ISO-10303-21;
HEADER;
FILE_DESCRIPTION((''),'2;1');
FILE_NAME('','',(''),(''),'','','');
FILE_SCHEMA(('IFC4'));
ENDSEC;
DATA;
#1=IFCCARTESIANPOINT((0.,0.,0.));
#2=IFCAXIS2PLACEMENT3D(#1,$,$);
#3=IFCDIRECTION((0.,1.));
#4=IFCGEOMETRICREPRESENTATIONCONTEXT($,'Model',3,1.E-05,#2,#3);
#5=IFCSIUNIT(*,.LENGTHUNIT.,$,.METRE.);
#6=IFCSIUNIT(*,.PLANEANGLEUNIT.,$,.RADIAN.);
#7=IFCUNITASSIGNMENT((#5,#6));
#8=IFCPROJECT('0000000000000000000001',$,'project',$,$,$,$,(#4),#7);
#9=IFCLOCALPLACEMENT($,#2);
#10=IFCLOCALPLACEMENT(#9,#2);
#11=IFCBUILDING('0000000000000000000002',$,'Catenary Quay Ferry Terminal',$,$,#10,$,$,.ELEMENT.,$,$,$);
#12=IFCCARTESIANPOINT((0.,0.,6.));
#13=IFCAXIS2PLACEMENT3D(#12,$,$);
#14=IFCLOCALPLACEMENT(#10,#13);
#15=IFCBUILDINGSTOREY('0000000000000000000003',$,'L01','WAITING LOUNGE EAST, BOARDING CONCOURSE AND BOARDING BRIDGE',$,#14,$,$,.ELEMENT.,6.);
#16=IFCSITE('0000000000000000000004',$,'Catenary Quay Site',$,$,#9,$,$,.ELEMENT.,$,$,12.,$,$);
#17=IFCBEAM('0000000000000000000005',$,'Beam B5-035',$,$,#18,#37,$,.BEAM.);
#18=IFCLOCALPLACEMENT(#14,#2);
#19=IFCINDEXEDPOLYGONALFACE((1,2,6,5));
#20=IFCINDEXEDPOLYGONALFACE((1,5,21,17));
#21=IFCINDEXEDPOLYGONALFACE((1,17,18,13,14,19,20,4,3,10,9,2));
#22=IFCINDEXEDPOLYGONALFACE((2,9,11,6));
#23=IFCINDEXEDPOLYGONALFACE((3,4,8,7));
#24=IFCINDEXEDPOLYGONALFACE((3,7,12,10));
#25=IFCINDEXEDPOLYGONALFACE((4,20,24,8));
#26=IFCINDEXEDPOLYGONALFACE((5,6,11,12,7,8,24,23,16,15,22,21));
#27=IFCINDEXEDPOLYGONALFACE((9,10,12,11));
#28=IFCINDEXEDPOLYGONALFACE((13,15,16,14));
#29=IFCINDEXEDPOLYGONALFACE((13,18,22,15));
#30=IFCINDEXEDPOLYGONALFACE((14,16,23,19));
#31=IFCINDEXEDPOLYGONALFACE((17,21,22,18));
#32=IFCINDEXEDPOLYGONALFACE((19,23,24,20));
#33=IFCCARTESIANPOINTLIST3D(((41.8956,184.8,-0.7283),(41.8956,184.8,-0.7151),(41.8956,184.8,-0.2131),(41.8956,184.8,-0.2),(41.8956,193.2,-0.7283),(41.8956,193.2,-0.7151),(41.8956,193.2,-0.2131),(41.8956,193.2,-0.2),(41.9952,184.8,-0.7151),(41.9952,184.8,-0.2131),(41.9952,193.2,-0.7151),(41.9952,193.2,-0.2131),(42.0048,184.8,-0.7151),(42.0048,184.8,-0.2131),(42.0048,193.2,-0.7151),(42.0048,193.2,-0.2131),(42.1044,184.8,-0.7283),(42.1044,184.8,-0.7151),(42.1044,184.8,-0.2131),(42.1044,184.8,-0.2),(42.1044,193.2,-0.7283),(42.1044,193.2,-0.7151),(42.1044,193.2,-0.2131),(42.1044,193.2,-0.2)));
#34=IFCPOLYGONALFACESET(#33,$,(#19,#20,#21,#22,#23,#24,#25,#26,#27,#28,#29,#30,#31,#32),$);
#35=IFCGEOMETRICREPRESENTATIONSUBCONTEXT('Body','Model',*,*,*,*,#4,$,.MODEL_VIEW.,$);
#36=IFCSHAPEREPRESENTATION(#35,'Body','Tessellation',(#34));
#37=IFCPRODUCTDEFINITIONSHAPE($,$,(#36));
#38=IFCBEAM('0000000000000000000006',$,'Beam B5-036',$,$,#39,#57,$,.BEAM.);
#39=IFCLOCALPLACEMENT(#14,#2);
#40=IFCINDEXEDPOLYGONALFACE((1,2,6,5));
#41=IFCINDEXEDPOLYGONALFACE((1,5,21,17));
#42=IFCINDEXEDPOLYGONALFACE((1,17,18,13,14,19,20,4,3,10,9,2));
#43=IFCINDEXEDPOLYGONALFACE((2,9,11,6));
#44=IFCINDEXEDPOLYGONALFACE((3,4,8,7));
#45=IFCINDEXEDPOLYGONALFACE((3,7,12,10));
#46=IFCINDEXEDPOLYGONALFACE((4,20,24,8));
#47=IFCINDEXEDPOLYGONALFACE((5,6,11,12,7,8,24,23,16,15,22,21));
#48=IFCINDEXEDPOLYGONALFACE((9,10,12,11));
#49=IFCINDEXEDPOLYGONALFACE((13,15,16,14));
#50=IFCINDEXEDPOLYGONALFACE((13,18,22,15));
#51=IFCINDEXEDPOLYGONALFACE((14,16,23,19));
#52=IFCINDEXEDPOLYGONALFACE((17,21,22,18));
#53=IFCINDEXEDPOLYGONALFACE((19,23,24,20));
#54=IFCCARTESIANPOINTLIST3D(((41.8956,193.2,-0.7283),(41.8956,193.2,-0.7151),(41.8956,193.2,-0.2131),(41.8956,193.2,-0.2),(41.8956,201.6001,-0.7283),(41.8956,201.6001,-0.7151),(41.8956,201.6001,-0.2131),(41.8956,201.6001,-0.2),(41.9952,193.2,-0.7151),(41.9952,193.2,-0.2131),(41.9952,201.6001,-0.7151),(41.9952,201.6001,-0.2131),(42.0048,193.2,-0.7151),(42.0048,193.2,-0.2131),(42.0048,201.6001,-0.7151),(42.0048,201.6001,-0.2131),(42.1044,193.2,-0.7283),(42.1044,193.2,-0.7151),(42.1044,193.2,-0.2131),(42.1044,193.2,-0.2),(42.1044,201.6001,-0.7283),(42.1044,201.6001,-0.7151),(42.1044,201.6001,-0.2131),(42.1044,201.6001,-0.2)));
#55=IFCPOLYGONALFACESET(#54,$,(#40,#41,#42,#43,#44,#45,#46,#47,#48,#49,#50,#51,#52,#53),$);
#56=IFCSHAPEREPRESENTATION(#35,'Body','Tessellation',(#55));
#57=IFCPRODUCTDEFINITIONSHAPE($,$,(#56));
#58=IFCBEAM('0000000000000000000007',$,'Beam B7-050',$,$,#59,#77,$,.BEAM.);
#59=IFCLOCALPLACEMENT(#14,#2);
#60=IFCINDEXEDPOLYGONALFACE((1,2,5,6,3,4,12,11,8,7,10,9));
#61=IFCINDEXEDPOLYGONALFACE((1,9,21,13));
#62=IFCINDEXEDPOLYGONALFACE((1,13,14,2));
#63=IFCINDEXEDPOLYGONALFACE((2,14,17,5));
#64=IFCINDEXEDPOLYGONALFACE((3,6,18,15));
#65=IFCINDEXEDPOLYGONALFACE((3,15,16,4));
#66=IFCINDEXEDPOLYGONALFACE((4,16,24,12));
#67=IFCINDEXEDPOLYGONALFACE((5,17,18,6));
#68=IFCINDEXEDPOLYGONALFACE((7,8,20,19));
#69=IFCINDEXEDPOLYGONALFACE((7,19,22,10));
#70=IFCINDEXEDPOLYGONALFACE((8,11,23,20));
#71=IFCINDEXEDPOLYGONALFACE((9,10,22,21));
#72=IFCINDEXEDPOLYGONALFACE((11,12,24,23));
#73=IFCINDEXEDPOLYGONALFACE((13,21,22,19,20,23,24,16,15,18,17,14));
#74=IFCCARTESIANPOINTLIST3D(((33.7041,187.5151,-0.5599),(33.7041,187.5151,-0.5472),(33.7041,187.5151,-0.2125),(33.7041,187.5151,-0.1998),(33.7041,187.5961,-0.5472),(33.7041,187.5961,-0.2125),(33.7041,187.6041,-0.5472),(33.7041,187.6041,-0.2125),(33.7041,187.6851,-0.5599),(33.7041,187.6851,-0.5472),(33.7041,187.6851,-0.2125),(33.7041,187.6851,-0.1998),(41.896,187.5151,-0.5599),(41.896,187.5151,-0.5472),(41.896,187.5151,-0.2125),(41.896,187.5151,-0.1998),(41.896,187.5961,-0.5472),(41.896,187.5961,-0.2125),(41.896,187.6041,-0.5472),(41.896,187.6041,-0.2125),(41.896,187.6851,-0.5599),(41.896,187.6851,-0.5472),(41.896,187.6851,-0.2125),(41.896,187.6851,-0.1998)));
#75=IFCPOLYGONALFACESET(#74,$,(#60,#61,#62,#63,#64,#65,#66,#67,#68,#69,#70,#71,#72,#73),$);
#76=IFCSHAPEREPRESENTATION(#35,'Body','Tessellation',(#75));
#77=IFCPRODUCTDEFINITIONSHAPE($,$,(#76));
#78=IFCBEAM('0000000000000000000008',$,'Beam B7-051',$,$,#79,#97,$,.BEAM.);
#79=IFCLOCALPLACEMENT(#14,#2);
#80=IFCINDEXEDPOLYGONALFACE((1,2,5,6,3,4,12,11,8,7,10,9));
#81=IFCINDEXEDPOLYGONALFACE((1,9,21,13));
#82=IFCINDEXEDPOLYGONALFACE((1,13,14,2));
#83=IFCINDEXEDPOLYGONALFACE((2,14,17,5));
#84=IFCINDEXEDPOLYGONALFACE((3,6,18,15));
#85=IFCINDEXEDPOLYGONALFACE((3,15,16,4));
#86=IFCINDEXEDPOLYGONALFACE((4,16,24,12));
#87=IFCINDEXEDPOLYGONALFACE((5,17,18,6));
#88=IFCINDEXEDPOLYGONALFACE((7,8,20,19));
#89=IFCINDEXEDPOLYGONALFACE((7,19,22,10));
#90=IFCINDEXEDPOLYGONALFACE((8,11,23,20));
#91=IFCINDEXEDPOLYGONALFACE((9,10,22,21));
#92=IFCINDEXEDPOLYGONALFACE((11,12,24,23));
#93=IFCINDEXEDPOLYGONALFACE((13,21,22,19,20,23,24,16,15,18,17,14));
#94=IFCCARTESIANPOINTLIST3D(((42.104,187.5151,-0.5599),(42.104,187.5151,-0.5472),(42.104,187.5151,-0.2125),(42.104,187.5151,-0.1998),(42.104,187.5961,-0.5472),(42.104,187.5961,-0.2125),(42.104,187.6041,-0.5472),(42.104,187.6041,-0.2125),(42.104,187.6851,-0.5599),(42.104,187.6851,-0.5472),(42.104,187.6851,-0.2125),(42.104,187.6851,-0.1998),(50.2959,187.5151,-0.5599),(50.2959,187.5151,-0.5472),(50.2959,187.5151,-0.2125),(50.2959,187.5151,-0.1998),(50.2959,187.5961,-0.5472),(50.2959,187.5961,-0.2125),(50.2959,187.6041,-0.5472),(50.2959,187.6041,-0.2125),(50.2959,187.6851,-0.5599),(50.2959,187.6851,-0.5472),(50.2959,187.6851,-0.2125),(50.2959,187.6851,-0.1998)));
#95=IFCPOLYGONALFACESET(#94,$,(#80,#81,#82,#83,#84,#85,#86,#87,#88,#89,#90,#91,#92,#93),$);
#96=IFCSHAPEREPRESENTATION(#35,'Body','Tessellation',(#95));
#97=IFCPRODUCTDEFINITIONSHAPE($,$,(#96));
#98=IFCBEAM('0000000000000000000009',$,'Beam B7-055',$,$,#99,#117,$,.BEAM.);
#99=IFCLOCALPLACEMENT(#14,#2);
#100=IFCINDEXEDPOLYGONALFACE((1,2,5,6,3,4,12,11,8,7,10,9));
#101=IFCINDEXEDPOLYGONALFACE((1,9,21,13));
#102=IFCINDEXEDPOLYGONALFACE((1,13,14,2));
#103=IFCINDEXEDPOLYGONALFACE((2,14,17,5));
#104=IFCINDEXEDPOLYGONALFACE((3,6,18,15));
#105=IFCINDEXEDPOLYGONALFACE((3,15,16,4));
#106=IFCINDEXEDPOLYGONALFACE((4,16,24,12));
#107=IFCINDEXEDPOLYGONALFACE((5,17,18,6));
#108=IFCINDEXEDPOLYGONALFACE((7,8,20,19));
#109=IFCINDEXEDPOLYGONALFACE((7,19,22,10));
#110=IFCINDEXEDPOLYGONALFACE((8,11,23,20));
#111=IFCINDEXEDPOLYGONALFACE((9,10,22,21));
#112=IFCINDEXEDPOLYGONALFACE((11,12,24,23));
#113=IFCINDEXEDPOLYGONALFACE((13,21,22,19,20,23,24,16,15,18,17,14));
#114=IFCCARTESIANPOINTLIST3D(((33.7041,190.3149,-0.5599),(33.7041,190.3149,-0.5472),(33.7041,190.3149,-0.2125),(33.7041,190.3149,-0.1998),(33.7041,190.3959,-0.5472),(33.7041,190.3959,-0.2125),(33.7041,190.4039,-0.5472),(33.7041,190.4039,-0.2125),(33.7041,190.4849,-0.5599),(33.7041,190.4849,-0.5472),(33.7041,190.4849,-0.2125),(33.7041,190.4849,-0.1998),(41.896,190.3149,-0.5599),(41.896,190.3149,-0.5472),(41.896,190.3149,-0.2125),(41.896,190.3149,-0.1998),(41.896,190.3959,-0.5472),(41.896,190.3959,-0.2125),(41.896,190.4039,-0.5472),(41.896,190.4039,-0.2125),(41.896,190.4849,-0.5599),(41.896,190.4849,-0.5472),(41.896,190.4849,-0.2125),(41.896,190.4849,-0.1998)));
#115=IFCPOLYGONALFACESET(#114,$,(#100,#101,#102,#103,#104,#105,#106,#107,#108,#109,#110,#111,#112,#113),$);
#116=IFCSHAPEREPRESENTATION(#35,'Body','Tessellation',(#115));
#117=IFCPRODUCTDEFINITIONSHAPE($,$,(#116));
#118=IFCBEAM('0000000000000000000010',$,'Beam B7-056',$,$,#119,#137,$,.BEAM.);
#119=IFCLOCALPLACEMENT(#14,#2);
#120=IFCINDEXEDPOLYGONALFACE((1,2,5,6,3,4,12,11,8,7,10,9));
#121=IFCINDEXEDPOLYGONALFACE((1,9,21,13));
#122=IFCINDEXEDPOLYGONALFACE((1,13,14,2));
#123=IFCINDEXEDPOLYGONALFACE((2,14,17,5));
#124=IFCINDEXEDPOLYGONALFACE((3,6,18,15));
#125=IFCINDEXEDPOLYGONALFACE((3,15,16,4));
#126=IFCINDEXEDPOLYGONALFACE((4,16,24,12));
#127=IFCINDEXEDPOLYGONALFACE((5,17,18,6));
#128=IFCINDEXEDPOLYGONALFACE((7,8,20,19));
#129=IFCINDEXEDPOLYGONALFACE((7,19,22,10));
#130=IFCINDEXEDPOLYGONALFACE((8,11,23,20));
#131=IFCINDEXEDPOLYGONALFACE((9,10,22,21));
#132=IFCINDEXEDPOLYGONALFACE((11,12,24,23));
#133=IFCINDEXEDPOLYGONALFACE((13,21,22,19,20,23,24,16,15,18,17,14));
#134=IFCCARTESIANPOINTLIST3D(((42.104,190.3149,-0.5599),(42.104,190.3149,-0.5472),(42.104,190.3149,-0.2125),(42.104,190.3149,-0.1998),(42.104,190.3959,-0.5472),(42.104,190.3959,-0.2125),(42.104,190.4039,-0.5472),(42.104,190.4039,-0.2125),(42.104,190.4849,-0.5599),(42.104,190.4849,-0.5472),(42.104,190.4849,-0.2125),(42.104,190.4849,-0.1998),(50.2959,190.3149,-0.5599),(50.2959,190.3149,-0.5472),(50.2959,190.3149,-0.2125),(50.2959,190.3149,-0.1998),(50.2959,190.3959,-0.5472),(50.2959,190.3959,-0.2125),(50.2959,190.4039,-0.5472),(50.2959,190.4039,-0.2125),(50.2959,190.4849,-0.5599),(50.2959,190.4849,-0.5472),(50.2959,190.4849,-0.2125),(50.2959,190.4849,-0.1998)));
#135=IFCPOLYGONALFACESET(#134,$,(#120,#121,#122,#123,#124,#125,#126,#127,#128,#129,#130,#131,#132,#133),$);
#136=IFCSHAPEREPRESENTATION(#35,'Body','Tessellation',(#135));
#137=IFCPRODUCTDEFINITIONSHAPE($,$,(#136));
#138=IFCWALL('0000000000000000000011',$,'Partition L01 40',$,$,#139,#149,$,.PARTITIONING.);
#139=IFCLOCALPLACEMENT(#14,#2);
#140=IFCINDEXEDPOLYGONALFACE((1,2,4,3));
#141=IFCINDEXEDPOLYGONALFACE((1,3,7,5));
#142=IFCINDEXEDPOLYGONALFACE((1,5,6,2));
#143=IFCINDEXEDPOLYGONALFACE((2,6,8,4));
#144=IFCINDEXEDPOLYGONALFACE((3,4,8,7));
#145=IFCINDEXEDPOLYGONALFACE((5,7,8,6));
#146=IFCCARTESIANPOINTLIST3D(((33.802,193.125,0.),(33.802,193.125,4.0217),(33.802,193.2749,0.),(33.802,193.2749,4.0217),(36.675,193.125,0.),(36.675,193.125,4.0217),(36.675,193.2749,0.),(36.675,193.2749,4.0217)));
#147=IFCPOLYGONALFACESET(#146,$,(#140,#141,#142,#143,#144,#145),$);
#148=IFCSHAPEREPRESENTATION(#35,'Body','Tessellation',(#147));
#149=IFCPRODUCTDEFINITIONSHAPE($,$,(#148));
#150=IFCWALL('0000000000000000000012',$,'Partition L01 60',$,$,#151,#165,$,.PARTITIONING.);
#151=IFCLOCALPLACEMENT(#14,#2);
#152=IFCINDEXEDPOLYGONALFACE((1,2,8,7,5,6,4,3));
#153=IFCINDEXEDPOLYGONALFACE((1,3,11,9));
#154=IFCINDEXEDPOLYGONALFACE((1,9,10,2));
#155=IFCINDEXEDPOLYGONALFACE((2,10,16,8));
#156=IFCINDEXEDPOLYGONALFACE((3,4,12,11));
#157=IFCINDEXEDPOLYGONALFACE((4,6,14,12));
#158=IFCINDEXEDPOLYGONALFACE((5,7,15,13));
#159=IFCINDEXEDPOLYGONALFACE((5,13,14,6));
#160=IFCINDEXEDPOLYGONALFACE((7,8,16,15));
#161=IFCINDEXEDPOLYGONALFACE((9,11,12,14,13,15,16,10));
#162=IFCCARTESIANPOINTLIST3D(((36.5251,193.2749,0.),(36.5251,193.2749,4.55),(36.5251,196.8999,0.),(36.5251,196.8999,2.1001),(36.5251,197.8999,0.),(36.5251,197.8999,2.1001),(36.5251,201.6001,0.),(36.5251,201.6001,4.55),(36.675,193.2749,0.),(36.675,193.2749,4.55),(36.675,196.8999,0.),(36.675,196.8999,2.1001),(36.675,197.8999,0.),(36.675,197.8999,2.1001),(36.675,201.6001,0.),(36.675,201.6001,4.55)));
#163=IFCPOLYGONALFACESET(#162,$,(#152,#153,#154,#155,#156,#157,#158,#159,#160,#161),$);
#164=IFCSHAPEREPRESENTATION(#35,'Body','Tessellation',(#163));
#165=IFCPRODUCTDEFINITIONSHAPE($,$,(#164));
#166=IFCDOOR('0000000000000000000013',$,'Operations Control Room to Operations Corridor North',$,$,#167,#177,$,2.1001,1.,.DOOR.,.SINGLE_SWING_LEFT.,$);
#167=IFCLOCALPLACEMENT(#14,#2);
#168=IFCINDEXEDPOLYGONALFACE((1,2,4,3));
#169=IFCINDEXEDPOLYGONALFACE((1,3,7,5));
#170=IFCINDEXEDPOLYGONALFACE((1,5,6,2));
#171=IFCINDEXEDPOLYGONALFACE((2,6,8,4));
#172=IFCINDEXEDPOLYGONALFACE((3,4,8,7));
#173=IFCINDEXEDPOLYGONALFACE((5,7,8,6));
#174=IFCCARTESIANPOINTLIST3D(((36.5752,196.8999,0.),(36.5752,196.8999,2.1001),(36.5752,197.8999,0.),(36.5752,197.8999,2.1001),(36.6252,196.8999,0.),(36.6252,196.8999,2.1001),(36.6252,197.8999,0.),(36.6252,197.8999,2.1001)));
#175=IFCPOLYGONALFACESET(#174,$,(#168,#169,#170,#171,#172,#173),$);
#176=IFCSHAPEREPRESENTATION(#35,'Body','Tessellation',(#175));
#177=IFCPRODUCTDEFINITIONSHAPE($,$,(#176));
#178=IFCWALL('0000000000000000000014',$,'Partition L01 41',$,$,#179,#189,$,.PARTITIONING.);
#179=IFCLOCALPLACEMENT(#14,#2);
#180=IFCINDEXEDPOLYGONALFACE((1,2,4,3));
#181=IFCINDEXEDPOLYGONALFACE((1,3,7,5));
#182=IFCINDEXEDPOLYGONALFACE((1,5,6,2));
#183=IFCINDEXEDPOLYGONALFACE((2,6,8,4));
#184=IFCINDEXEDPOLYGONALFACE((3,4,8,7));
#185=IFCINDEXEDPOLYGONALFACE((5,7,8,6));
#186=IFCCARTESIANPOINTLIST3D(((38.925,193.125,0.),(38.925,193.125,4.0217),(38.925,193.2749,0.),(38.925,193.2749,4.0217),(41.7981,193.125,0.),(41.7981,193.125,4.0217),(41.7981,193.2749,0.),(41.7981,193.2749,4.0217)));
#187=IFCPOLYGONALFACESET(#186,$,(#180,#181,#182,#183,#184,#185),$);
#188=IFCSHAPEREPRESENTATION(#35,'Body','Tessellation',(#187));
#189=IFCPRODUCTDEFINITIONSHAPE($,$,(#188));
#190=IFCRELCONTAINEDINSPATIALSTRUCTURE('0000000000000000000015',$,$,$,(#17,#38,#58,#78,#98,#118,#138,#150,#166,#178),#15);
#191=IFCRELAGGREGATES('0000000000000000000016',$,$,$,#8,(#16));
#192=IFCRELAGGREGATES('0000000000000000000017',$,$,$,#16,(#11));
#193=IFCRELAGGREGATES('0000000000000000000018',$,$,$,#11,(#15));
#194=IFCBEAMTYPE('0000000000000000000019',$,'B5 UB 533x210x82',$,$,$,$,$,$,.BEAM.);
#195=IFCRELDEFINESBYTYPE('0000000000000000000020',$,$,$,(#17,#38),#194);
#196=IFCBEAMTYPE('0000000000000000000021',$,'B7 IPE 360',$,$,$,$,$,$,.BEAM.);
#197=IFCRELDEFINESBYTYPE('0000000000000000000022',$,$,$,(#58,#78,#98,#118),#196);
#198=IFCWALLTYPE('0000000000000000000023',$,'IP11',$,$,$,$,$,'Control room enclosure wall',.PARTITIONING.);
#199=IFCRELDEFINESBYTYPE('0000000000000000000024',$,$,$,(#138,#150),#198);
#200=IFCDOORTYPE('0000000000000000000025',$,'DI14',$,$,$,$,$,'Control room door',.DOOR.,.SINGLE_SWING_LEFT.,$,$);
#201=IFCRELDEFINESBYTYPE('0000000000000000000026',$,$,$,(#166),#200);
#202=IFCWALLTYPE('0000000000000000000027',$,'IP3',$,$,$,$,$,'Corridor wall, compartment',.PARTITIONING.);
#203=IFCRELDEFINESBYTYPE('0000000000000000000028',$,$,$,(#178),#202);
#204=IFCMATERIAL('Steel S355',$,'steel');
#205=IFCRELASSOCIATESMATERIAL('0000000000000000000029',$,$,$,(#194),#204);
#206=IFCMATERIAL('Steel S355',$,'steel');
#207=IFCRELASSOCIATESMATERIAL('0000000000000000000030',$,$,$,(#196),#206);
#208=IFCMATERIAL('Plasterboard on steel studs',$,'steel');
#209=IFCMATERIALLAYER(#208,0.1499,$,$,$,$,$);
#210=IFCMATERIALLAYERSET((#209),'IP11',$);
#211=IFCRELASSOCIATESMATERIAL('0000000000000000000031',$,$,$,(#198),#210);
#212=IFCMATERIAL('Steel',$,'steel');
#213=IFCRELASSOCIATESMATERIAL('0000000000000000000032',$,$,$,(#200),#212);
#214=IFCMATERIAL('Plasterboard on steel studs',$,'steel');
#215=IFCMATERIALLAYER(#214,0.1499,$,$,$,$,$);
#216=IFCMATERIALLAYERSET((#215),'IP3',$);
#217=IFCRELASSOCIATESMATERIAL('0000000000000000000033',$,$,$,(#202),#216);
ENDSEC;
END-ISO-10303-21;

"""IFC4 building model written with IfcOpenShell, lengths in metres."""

from ifc_helpers import new_model, si_unit, direction, frame, frame_2d, origin, origin_2d, place, context, subcontext, project, spatial, rectangle, i_section, extrude, material, layer, layer_set, material_profile, profile_set, type_object, element, fill, save


model = new_model("IFC4")

# Units and contexts
model_context = context("Model", 3, precision=1e-05, world=origin(), true_north=direction((0.0, 1.0)))
body_context = subcontext(model_context, "Body", "Model", "MODEL_VIEW")
ifc_project = project(units=[si_unit("LENGTHUNIT", "METRE"), si_unit("PLANEANGLEUNIT", "RADIAN")], contexts=[model_context])

# Site, building, storey
site_placement = place(None, origin())
site = spatial("IfcSite", under=ifc_project, at=site_placement, Name="Catenary Quay Site", CompositionType="ELEMENT", RefElevation=12.0)
building_placement = place(site_placement, origin())
building = spatial("IfcBuilding", under=site, at=building_placement, Name="Catenary Quay Ferry Terminal", CompositionType="ELEMENT")
storey_placement = place(building_placement, frame((0.0, 0.0, 6.0)))
storey = spatial("IfcBuildingStorey", under=building, at=storey_placement, Name="L01", Description="WAITING LOUNGE EAST, BOARDING CONCOURSE AND BOARDING BRIDGE", CompositionType="ELEMENT", Elevation=6.0)

# Beams
ifc_material_1 = material(Name="Steel S355", Category="steel")
ifc_material_profile_1 = material_profile(ifc_material_1, i_section(OverallWidth=0.2087, OverallDepth=0.5283, WebThickness=0.0095, FlangeThickness=0.0132, at=origin_2d()), Name="UB 533x210x82")
ifc_profile_set_1 = profile_set([ifc_material_profile_1], Name="Steel S355")
beam_type_1 = type_object("IfcBeamType", Name="B5 UB 533x210x82", PredefinedType="BEAM", material=ifc_profile_set_1)
beam_1_placement = place(storey_placement, frame((42.0, 184.8, -0.4641), z_axis=(0.0, 1.0, 0.0), x_axis=(-1.0, 0.0, 0.0)))
element("IfcBeam", 1, at=beam_1_placement, inside=storey, type_object=beam_type_1, Name="Beam B5-035", PredefinedType="BEAM", context=body_context, shape_type="SweptSolid", body=[
    extrude(i_section(OverallWidth=0.2087, OverallDepth=0.5283, WebThickness=0.0095, FlangeThickness=0.0132, at=origin_2d()), origin(), (0.0, 0.0, 1.0), 8.3999),
])
beam_2_placement = place(storey_placement, frame((42.0, 193.2, -0.4641), z_axis=(0.0, 1.0, 0.0), x_axis=(-1.0, 0.0, 0.0)))
element("IfcBeam", 2, at=beam_2_placement, inside=storey, type_object=beam_type_1, Name="Beam B5-036", PredefinedType="BEAM", context=body_context, shape_type="SweptSolid", body=[
    extrude(i_section(OverallWidth=0.2087, OverallDepth=0.5283, WebThickness=0.0095, FlangeThickness=0.0132, at=origin_2d()), origin(), (0.0, 0.0, 1.0), 8.4001),
])
ifc_material_2 = material(Name="Steel S355", Category="steel")
ifc_material_profile_2 = material_profile(ifc_material_2, i_section(OverallWidth=0.1699, OverallDepth=0.3601, WebThickness=0.0081, FlangeThickness=0.0127, at=origin_2d()), Name="IPE 360")
ifc_profile_set_2 = profile_set([ifc_material_profile_2], Name="Steel S355")
beam_type_2 = type_object("IfcBeamType", Name="B7 IPE 360", PredefinedType="BEAM", material=ifc_profile_set_2)
for number, where, z_axis, x_axis, name in (
    (3, (33.7041, 187.6001, -0.3799), (1.0, 0.0, 0.0), (0.0, 1.0, 0.0), "Beam B7-050"),
    (4, (42.104, 187.6001, -0.3799), (1.0, 0.0, 0.0), (0.0, 1.0, 0.0), "Beam B7-051"),
    (5, (33.7041, 190.3999, -0.3799), (1.0, 0.0, 0.0), (0.0, 1.0, 0.0), "Beam B7-055"),
    (6, (42.104, 190.3999, -0.3799), (1.0, 0.0, 0.0), (0.0, 1.0, 0.0), "Beam B7-056"),
):
    element("IfcBeam", number, at=place(storey_placement, frame(where, z_axis=z_axis, x_axis=x_axis)), inside=storey, type_object=beam_type_2, Name=name, PredefinedType="BEAM", context=body_context, shape_type="SweptSolid", body=[
        extrude(i_section(OverallWidth=0.1699, OverallDepth=0.3601, WebThickness=0.0081, FlangeThickness=0.0127, at=origin_2d()), origin(), (0.0, 0.0, 1.0), 8.1919),
    ])

# Wall
ifc_material_3 = material(Name="Plasterboard on steel studs", Category="steel")
ifc_layer_1 = layer(ifc_material_3, 0.1499)
ifc_layer_set_1 = layer_set([ifc_layer_1], Name="IP11")
wall_type_1 = type_object("IfcWallType", Name="IP11", ElementType="Control room enclosure wall", PredefinedType="PARTITIONING", material=ifc_layer_set_1)
wall_1_placement = place(storey_placement, frame((33.802, 193.2, 0.0), z_axis=(0.0, 0.0, 1.0), x_axis=(1.0, 0.0, 0.0)))
element("IfcWall", 7, at=wall_1_placement, inside=storey, type_object=wall_type_1, Name="Partition L01 40", PredefinedType="PARTITIONING", context=body_context, shape_type="SweptSolid", body=[
    extrude(rectangle(XDim=2.873, YDim=0.1499, at=frame_2d((1.4365, 0.0))), origin(), (0.0, 0.0, 1.0), 4.0217),
])

# Wall, opening, door
wall_2_placement = place(storey_placement, frame((36.6001, 193.2749, 0.0), z_axis=(0.0, 0.0, 1.0), x_axis=(0.0, 1.0, 0.0)))
wall_2 = element("IfcWall", 8, at=wall_2_placement, inside=storey, type_object=wall_type_1, Name="Partition L01 60", PredefinedType="PARTITIONING", context=body_context, shape_type="SweptSolid", body=[
    extrude(rectangle(XDim=8.3252, YDim=0.1499, at=frame_2d((4.1626, 0.0))), origin(), (0.0, 0.0, 1.0), 4.55),
])
opening_1_placement = place(wall_2_placement, frame((3.625, 0.0, 0.0)))
opening_1 = element("IfcOpeningElement", 9, at=opening_1_placement, cuts=wall_2, PredefinedType="OPENING", context=body_context, shape_type="SweptSolid", body=[
    extrude(rectangle(XDim=1.0, YDim=2.1001, at=frame_2d((0.5, 1.05))), frame((0.0, 0.085, 0.0), z_axis=(0.0, -1.0, 0.0), x_axis=(1.0, 0.0, 0.0)), (0.0, 0.0, 1.0), 0.1699),
])
ifc_material_4 = material(Name="Steel", Category="steel")
door_type_1 = type_object("IfcDoorType", Name="DI14", ElementType="Control room door", OperationType="SINGLE_SWING_LEFT", PredefinedType="DOOR", material=ifc_material_4)
door_1_placement = place(opening_1_placement, origin())
door_1 = element("IfcDoor", 10, at=door_1_placement, inside=storey, type_object=door_type_1, Name="Operations Control Room to Operations Corridor North", OperationType="SINGLE_SWING_LEFT", OverallHeight=2.1001, OverallWidth=1.0, PredefinedType="DOOR", context=body_context, shape_type="SweptSolid", body=[
    extrude(rectangle(XDim=1.0, YDim=2.1001, at=frame_2d((0.5, 1.05))), frame((0.0, 0.0249, 0.0), z_axis=(0.0, -1.0, 0.0), x_axis=(1.0, 0.0, 0.0)), (0.0, 0.0, 1.0), 0.05),
])
fill(opening_1, door_1)

# Wall
ifc_material_5 = material(Name="Plasterboard on steel studs", Category="steel")
ifc_layer_2 = layer(ifc_material_5, 0.1499)
ifc_layer_set_2 = layer_set([ifc_layer_2], Name="IP3")
wall_type_2 = type_object("IfcWallType", Name="IP3", ElementType="Corridor wall, compartment", PredefinedType="PARTITIONING", material=ifc_layer_set_2)
wall_3_placement = place(storey_placement, frame((38.925, 193.2, 0.0), z_axis=(0.0, 0.0, 1.0), x_axis=(1.0, 0.0, 0.0)))
element("IfcWall", 11, at=wall_3_placement, inside=storey, type_object=wall_type_2, Name="Partition L01 41", PredefinedType="PARTITIONING", context=body_context, shape_type="SweptSolid", body=[
    extrude(rectangle(XDim=2.873, YDim=0.1499, at=frame_2d((1.4365, 0.0))), origin(), (0.0, 0.0, 1.0), 4.0217),
])

save(model, "model.ifc")
